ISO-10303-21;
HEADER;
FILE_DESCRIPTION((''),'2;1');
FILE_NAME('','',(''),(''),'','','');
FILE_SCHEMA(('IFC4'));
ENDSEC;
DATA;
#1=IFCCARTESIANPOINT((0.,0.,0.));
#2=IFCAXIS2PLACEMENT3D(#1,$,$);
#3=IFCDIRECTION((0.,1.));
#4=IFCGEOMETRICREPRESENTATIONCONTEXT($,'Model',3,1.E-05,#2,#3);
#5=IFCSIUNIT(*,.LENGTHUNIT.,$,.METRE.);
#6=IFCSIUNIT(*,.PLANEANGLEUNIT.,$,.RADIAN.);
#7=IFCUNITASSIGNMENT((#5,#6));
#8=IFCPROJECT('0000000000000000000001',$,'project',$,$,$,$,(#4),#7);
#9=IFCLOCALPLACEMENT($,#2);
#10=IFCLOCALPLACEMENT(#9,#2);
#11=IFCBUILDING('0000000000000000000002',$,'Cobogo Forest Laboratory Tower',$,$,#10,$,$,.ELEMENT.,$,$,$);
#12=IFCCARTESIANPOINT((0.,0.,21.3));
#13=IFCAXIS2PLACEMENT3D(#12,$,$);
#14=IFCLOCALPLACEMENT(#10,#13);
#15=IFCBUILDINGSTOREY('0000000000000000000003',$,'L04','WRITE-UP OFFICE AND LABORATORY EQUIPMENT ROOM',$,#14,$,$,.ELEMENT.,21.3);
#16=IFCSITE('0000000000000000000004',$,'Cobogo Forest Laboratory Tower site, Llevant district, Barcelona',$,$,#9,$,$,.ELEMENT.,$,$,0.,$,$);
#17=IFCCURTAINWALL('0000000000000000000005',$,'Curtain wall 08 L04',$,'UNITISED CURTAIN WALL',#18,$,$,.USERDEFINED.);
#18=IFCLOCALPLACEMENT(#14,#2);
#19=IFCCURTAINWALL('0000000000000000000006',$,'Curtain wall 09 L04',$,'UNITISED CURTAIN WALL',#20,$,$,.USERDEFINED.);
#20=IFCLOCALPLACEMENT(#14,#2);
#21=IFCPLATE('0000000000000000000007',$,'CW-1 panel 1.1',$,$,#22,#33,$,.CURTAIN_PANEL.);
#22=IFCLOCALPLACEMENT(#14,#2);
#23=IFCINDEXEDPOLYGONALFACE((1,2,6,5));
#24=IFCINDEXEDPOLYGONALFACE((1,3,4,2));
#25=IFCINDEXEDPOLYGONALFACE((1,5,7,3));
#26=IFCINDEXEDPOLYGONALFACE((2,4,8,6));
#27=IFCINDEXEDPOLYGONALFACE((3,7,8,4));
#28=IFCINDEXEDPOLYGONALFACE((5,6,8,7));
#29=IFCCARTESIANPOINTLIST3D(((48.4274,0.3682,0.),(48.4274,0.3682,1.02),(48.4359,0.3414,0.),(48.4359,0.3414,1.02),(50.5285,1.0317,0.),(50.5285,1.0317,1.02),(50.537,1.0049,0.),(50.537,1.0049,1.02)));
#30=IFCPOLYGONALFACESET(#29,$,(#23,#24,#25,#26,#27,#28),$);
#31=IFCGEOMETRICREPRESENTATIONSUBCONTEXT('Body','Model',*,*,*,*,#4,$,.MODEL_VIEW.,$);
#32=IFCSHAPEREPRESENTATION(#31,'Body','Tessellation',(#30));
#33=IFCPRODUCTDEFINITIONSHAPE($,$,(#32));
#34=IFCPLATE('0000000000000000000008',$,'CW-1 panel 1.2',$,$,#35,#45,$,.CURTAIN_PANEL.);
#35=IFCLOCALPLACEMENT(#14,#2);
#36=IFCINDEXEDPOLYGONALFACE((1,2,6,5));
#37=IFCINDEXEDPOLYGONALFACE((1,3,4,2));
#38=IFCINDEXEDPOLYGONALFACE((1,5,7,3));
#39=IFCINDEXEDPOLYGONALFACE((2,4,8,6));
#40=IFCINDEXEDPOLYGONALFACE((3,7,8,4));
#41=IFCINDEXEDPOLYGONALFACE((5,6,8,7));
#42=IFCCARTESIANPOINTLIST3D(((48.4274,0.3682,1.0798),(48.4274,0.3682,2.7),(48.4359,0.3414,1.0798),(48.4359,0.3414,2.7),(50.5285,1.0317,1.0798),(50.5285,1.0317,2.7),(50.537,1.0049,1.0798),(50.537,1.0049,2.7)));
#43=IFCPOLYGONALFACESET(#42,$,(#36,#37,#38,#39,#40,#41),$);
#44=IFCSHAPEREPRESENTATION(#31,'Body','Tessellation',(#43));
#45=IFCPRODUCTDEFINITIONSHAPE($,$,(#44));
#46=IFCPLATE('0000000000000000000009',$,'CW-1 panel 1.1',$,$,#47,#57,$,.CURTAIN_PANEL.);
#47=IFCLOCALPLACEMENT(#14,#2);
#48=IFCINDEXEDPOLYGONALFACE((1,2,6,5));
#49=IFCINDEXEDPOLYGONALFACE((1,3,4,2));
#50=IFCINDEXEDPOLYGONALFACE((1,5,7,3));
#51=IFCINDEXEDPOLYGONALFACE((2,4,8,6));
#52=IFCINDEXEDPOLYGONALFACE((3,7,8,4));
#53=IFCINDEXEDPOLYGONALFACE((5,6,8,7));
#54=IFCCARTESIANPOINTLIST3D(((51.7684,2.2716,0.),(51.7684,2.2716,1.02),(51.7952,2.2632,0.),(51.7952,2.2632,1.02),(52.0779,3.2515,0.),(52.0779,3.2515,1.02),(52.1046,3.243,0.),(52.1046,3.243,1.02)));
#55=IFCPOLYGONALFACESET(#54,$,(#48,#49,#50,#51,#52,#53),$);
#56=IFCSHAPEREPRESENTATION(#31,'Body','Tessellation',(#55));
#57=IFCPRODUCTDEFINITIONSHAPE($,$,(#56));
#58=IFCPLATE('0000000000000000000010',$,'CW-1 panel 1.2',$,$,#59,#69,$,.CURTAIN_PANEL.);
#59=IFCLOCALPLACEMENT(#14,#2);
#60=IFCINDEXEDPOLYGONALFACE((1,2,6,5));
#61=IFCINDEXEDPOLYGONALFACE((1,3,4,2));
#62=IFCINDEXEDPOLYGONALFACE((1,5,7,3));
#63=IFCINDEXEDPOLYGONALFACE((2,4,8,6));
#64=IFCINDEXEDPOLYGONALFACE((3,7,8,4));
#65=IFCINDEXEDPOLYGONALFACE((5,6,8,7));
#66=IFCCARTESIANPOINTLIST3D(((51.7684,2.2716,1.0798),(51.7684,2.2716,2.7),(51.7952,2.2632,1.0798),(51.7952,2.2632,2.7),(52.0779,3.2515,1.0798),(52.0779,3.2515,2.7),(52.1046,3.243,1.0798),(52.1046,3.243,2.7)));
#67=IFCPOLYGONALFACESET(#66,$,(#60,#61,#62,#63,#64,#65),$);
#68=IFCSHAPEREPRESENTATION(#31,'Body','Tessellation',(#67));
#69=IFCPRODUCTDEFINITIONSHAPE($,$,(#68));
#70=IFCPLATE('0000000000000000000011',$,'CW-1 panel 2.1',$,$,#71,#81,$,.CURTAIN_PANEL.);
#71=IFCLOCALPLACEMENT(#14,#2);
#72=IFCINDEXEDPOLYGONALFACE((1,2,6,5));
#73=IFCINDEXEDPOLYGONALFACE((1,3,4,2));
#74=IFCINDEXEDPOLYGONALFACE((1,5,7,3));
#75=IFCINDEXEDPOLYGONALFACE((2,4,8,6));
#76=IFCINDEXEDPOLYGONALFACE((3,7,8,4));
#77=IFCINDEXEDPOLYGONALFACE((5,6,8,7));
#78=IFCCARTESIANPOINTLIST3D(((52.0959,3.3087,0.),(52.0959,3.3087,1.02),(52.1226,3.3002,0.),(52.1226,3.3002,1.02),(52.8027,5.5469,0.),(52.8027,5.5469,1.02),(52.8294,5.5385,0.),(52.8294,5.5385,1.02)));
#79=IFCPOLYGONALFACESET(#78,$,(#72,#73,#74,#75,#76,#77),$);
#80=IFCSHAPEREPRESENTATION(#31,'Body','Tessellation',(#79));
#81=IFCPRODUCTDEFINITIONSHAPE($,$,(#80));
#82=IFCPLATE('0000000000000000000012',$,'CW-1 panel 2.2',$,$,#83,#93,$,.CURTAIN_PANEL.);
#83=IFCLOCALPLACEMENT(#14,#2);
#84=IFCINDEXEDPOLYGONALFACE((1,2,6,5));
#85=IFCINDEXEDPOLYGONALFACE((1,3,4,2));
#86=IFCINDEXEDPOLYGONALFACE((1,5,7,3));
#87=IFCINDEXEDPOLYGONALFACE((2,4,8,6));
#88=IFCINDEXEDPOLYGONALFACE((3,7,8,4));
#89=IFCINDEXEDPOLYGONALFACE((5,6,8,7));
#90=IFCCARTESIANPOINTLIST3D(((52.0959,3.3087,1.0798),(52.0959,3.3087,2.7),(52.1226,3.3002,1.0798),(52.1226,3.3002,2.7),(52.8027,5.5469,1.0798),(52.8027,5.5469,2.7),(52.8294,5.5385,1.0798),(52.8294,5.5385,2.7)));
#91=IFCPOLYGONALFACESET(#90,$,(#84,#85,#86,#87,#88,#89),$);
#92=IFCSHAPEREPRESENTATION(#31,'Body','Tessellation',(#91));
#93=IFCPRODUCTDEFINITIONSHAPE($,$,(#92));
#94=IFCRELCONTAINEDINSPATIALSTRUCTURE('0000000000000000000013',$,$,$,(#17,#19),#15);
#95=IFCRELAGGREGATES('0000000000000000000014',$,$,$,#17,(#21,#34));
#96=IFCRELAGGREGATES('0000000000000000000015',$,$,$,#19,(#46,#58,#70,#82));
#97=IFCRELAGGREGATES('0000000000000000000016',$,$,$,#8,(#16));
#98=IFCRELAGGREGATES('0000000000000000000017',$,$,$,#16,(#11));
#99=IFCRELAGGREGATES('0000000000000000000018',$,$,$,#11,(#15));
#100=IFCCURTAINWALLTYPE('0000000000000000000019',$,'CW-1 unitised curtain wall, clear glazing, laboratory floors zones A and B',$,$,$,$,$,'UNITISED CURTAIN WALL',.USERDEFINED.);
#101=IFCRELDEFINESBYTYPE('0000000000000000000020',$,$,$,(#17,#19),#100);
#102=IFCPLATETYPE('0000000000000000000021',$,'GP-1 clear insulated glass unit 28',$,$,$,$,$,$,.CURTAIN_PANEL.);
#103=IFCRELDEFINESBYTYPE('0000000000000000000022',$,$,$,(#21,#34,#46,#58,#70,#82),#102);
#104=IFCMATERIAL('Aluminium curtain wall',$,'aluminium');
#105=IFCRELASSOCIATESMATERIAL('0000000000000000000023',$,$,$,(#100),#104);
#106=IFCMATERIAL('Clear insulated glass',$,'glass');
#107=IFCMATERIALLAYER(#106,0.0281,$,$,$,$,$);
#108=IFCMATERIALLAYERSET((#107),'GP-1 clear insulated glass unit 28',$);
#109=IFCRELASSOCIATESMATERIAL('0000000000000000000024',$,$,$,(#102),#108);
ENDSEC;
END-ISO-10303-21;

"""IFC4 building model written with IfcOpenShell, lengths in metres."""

from ifc_helpers import new_model, si_unit, direction, frame, origin, origin_2d, place, context, subcontext, project, spatial, rectangle, extrude, material, layer, layer_set, type_object, element, aggregate, save


model = new_model("IFC4")

# Units and contexts
model_context = context("Model", 3, precision=1e-05, world=origin(), true_north=direction((0.0, 1.0)))
body_context = subcontext(model_context, "Body", "Model", "MODEL_VIEW")
ifc_project = project(units=[si_unit("LENGTHUNIT", "METRE"), si_unit("PLANEANGLEUNIT", "RADIAN")], contexts=[model_context])

# Site, building, storey
site_placement = place(None, origin())
site = spatial("IfcSite", under=ifc_project, at=site_placement, Name="Cobogo Forest Laboratory Tower site, Llevant district, Barcelona", CompositionType="ELEMENT", RefElevation=0.0)
building_placement = place(site_placement, origin())
building = spatial("IfcBuilding", under=site, at=building_placement, Name="Cobogo Forest Laboratory Tower", CompositionType="ELEMENT")
storey_placement = place(building_placement, frame((0.0, 0.0, 21.3)))
storey = spatial("IfcBuildingStorey", under=building, at=storey_placement, Name="L04", Description="WRITE-UP OFFICE AND LABORATORY EQUIPMENT ROOM", CompositionType="ELEMENT", Elevation=21.3)

# Shared definitions
ifc_material_1 = material(Name="Aluminium curtain wall", Category="aluminium")
curtain_wall_type = type_object("IfcCurtainWallType", Name="CW-1 unitised curtain wall, clear glazing, laboratory floors zones A and B", ElementType="UNITISED CURTAIN WALL", PredefinedType="USERDEFINED", material=ifc_material_1)

# Curtain walls
curtain_wall_1_placement = place(storey_placement, origin())
curtain_wall_1 = element("IfcCurtainWall", 1, at=curtain_wall_1_placement, inside=storey, type_object=curtain_wall_type, Name="Curtain wall 08 L04", ObjectType="UNITISED CURTAIN WALL", PredefinedType="USERDEFINED")
curtain_wall_2_placement = place(storey_placement, origin())
curtain_wall_2 = element("IfcCurtainWall", 2, at=curtain_wall_2_placement, inside=storey, type_object=curtain_wall_type, Name="Curtain wall 09 L04", ObjectType="UNITISED CURTAIN WALL", PredefinedType="USERDEFINED")

# Plates
ifc_material_2 = material(Name="Clear insulated glass", Category="glass")
ifc_layer = layer(ifc_material_2, 0.0281)
ifc_layer_set = layer_set([ifc_layer], Name="GP-1 clear insulated glass unit 28")
plate_type = type_object("IfcPlateType", Name="GP-1 clear insulated glass unit 28", PredefinedType="CURTAIN_PANEL", material=ifc_layer_set)
plate_1_placement = place(storey_placement, frame((49.4822, 0.6865, 0.0), z_axis=(0.0, 0.0, 1.0), x_axis=(0.953581, 0.301135, 0.0)))
plate_1 = element("IfcPlate", 3, at=plate_1_placement, type_object=plate_type, Name="CW-1 panel 1.1", PredefinedType="CURTAIN_PANEL", context=body_context, shape_type="SweptSolid", body=[
    extrude(rectangle(XDim=2.2034, YDim=0.0281, at=origin_2d()), origin(), (0.0, 0.0, 1.0), 1.02),
])
plate_2_placement = place(storey_placement, frame((49.4822, 0.6865, 1.0798), z_axis=(0.0, 0.0, 1.0), x_axis=(0.953581, 0.301135, 0.0)))
plate_2 = element("IfcPlate", 4, at=plate_2_placement, type_object=plate_type, Name="CW-1 panel 1.2", PredefinedType="CURTAIN_PANEL", context=body_context, shape_type="SweptSolid", body=[
    extrude(rectangle(XDim=2.2034, YDim=0.0281, at=origin_2d()), origin(), (0.0, 0.0, 1.0), 1.6201),
])
aggregate(curtain_wall_1, [plate_1, plate_2])
plate_3_placement = place(storey_placement, frame((51.9365, 2.7573, 0.0), z_axis=(0.0, 0.0, 1.0), x_axis=(0.301135, 0.953581, 0.0)))
plate_3 = element("IfcPlate", 5, at=plate_3_placement, type_object=plate_type, Name="CW-1 panel 1.1", PredefinedType="CURTAIN_PANEL", context=body_context, shape_type="SweptSolid", body=[
    extrude(rectangle(XDim=1.0276, YDim=0.0281, at=origin_2d()), origin(), (0.0, 0.0, 1.0), 1.02),
])
plate_4_placement = place(storey_placement, frame((51.9365, 2.7573, 1.0798), z_axis=(0.0, 0.0, 1.0), x_axis=(0.301135, 0.953581, 0.0)))
plate_4 = element("IfcPlate", 6, at=plate_4_placement, type_object=plate_type, Name="CW-1 panel 1.2", PredefinedType="CURTAIN_PANEL", context=body_context, shape_type="SweptSolid", body=[
    extrude(rectangle(XDim=1.0276, YDim=0.0281, at=origin_2d()), origin(), (0.0, 0.0, 1.0), 1.6201),
])
plate_5_placement = place(storey_placement, frame((52.4626, 4.4236, 0.0), z_axis=(0.0, 0.0, 1.0), x_axis=(0.301135, 0.953581, 0.0)))
plate_5 = element("IfcPlate", 7, at=plate_5_placement, type_object=plate_type, Name="CW-1 panel 2.1", PredefinedType="CURTAIN_PANEL", context=body_context, shape_type="SweptSolid", body=[
    extrude(rectangle(XDim=2.3472, YDim=0.0281, at=origin_2d()), origin(), (0.0, 0.0, 1.0), 1.02),
])
plate_6_placement = place(storey_placement, frame((52.4626, 4.4236, 1.0798), z_axis=(0.0, 0.0, 1.0), x_axis=(0.301135, 0.953581, 0.0)))
plate_6 = element("IfcPlate", 8, at=plate_6_placement, type_object=plate_type, Name="CW-1 panel 2.2", PredefinedType="CURTAIN_PANEL", context=body_context, shape_type="SweptSolid", body=[
    extrude(rectangle(XDim=2.3472, YDim=0.0281, at=origin_2d()), origin(), (0.0, 0.0, 1.0), 1.6201),
])
aggregate(curtain_wall_2, [plate_3, plate_4, plate_5, plate_6])

save(model, "model.ifc")
